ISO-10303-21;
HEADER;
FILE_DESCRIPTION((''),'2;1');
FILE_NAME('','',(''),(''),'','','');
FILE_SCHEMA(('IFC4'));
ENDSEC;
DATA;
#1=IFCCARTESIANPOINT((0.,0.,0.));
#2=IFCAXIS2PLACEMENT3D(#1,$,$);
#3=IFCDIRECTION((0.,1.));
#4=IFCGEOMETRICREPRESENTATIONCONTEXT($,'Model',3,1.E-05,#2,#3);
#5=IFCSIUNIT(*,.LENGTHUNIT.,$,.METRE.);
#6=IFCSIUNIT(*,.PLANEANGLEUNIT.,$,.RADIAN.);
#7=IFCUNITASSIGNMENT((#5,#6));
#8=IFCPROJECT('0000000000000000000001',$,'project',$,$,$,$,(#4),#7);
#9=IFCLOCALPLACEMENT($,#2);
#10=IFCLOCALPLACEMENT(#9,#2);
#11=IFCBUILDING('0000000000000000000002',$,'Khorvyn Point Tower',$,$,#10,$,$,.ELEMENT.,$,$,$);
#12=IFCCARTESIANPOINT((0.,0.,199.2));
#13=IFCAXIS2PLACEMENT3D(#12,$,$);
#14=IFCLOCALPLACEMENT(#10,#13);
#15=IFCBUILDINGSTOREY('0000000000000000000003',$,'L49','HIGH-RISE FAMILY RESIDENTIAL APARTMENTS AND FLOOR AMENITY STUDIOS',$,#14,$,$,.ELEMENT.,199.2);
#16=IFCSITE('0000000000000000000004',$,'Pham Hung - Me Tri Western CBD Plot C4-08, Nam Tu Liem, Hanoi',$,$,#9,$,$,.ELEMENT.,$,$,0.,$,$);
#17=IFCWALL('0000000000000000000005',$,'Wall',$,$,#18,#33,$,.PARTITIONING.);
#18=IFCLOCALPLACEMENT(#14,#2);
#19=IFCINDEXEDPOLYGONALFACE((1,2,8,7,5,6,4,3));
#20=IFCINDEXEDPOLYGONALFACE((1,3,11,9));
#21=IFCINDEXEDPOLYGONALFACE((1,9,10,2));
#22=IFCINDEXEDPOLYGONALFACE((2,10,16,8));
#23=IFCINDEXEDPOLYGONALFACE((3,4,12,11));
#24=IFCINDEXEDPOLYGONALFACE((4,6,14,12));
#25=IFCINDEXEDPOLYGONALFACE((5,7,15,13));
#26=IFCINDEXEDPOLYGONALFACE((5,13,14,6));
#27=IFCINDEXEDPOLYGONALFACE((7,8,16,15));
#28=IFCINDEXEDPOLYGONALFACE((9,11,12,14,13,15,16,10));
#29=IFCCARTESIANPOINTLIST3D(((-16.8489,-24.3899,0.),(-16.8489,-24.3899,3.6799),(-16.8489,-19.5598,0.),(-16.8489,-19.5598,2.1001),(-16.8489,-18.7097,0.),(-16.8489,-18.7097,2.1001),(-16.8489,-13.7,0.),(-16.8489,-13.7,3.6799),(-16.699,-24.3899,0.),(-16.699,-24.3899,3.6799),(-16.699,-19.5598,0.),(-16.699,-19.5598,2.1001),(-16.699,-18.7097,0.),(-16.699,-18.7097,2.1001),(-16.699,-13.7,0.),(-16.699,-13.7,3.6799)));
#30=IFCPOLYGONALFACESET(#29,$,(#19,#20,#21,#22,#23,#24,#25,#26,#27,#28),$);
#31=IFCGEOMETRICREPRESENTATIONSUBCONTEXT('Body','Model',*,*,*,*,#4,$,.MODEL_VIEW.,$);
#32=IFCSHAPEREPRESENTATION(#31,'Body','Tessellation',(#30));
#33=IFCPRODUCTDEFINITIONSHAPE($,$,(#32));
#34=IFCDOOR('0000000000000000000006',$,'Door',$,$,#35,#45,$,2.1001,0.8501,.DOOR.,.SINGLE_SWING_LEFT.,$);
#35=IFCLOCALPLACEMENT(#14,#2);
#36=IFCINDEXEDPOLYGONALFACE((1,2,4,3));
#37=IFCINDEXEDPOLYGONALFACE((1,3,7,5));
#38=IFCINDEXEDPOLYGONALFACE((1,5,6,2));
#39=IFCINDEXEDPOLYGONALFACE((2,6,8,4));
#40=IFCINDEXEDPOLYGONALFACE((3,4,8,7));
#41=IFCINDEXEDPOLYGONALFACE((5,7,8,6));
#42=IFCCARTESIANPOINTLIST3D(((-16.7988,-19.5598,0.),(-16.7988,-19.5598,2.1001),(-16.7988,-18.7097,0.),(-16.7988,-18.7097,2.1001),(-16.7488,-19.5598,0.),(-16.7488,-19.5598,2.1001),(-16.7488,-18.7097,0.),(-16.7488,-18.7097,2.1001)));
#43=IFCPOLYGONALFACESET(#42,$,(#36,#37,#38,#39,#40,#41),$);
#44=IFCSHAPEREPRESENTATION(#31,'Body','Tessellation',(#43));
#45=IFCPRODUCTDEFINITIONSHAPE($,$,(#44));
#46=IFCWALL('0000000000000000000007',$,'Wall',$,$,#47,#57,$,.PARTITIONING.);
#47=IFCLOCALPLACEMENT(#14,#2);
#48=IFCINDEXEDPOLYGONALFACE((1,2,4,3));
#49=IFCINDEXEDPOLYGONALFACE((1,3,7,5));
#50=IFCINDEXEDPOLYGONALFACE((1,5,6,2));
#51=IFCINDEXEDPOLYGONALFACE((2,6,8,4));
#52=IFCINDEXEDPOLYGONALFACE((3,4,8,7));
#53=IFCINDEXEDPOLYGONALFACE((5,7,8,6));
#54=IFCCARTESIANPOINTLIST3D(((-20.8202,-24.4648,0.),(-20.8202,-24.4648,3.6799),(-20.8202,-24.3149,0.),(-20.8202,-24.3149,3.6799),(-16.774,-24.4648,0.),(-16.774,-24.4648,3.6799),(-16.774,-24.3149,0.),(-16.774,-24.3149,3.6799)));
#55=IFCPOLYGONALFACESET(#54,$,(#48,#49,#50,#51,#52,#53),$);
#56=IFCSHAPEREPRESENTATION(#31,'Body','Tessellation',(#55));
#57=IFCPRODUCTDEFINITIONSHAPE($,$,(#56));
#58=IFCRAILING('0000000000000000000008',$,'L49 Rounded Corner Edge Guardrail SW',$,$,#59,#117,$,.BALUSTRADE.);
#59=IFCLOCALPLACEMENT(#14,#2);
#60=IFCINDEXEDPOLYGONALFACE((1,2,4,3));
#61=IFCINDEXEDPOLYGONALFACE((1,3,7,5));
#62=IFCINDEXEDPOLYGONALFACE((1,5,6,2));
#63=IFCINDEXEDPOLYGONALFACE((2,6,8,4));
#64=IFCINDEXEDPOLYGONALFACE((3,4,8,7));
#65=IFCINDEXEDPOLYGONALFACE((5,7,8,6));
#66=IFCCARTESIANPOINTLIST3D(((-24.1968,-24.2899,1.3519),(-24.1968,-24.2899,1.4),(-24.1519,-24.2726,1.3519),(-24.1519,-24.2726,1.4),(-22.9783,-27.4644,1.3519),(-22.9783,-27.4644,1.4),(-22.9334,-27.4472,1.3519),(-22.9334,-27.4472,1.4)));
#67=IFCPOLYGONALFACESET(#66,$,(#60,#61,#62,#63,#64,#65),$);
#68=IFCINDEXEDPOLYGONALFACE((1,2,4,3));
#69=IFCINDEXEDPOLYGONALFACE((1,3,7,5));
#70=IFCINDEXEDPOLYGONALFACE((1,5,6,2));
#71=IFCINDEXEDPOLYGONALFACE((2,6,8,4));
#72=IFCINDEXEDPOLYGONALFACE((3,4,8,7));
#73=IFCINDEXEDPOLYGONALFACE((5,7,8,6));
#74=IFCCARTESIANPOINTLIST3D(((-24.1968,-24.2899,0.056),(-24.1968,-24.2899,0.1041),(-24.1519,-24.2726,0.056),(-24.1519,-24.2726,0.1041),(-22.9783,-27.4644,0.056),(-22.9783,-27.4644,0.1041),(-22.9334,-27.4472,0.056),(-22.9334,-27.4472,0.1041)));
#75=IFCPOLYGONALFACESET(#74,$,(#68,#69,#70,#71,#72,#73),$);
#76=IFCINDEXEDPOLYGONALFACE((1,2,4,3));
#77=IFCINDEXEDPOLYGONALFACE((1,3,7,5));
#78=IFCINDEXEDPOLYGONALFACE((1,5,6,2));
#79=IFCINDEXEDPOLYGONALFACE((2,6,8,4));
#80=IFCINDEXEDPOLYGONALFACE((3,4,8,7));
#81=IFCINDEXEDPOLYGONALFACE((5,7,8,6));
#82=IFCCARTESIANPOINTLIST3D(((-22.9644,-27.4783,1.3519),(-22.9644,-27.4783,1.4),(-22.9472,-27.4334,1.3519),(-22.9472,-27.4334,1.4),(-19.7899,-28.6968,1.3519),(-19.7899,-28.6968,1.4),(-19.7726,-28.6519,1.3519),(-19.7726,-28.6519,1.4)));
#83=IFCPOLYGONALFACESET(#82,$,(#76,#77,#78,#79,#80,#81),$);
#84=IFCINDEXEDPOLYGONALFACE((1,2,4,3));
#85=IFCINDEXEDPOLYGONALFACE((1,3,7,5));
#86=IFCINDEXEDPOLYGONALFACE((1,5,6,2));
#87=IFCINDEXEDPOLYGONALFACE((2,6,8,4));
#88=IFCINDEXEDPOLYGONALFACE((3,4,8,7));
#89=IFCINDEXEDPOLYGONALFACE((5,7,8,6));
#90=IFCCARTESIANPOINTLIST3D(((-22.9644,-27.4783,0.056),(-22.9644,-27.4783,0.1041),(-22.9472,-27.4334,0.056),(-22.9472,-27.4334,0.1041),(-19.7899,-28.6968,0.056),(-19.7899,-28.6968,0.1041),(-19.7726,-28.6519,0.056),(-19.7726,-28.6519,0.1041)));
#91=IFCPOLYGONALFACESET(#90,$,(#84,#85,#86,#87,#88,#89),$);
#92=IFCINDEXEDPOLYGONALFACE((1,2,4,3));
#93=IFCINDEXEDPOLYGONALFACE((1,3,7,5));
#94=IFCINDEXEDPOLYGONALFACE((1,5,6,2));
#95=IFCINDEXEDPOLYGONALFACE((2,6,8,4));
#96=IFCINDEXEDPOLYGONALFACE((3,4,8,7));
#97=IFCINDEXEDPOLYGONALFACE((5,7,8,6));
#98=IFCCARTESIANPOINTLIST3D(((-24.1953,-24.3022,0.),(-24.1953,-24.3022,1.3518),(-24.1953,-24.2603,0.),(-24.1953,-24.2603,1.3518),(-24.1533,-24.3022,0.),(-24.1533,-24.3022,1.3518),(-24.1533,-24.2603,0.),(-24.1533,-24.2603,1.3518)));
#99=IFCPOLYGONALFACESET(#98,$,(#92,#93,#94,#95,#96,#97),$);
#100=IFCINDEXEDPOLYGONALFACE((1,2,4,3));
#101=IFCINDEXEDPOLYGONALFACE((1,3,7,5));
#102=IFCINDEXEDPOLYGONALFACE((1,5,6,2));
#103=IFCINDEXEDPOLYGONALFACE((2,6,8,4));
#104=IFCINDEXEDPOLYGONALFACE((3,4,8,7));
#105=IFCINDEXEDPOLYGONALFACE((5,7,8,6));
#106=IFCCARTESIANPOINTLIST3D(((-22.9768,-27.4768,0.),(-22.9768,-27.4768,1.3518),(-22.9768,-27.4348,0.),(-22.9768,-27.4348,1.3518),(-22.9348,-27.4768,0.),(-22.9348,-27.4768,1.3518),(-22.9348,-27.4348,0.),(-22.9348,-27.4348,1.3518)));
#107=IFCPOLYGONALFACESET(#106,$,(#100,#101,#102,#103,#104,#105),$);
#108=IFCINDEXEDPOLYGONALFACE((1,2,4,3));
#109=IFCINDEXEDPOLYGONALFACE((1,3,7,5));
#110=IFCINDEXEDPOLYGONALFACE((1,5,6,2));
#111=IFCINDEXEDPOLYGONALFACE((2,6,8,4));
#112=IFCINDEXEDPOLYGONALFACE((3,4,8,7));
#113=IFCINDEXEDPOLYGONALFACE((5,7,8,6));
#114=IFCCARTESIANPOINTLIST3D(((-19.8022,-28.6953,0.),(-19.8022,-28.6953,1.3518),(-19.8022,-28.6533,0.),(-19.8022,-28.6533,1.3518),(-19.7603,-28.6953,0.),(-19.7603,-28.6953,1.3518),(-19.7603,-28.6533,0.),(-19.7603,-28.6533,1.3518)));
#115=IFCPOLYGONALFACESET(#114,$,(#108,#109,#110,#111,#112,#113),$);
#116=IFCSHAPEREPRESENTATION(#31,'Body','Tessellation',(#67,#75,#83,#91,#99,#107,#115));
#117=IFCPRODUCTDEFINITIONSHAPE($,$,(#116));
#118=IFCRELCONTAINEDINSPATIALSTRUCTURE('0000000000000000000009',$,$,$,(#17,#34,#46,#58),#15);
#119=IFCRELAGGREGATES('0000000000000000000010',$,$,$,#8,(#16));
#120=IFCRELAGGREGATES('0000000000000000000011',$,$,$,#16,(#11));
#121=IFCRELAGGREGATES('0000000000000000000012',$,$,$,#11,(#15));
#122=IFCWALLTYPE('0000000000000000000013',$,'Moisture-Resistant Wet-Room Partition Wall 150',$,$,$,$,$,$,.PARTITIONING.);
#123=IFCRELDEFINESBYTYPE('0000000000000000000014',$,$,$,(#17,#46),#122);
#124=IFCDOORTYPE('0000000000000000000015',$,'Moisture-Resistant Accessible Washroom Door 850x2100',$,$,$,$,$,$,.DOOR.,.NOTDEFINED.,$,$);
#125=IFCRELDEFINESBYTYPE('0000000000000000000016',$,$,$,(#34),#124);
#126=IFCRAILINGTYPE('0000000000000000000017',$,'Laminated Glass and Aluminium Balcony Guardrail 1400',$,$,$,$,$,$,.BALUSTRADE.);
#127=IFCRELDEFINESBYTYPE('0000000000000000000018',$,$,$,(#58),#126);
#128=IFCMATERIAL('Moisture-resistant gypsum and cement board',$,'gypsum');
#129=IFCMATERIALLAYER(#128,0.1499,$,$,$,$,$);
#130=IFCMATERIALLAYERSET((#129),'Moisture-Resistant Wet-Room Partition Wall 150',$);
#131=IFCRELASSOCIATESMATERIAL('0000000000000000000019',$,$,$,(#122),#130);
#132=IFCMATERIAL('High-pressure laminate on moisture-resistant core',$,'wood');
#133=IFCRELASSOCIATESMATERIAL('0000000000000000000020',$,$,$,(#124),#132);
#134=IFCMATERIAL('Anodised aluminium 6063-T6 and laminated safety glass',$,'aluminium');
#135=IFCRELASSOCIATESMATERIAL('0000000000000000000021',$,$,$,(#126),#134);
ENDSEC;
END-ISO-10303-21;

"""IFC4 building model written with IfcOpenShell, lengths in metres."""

from ifc_helpers import new_model, si_unit, direction, frame, frame_2d, origin, origin_2d, place, context, subcontext, project, spatial, rectangle, extrude, material, layer, layer_set, type_object, element, fill, save


model = new_model("IFC4")

# Units and contexts
model_context = context("Model", 3, precision=1e-05, world=origin(), true_north=direction((0.0, 1.0)))
body_context = subcontext(model_context, "Body", "Model", "MODEL_VIEW")
ifc_project = project(units=[si_unit("LENGTHUNIT", "METRE"), si_unit("PLANEANGLEUNIT", "RADIAN")], contexts=[model_context])

# Site, building, storey
site_placement = place(None, origin())
site = spatial("IfcSite", under=ifc_project, at=site_placement, Name="Pham Hung - Me Tri Western CBD Plot C4-08, Nam Tu Liem, Hanoi", CompositionType="ELEMENT", RefElevation=0.0)
building_placement = place(site_placement, origin())
building = spatial("IfcBuilding", under=site, at=building_placement, Name="Khorvyn Point Tower", CompositionType="ELEMENT")
storey_placement = place(building_placement, frame((0.0, 0.0, 199.2)))
storey = spatial("IfcBuildingStorey", under=building, at=storey_placement, Name="L49", Description="HIGH-RISE FAMILY RESIDENTIAL APARTMENTS AND FLOOR AMENITY STUDIOS", CompositionType="ELEMENT", Elevation=199.2)

# Wall, opening, door
ifc_material_1 = material(Name="Moisture-resistant gypsum and cement board", Category="gypsum")
ifc_layer_1 = layer(ifc_material_1, 0.1499)
ifc_layer_set_1 = layer_set([ifc_layer_1], Name="Moisture-Resistant Wet-Room Partition Wall 150")
wall_type_1 = type_object("IfcWallType", Name="Moisture-Resistant Wet-Room Partition Wall 150", PredefinedType="PARTITIONING", material=ifc_layer_set_1)
wall_1_placement = place(storey_placement, frame((-16.7739, -24.3899, 0.0), z_axis=(0.0, 0.0, 1.0), x_axis=(0.0, 1.0, 0.0)))
wall_1 = element("IfcWall", 1, at=wall_1_placement, inside=storey, type_object=wall_type_1, Name="Wall", PredefinedType="PARTITIONING", context=body_context, shape_type="SweptSolid", body=[
    extrude(rectangle(XDim=10.6899, YDim=0.1499, at=frame_2d((5.345, 0.0))), origin(), (0.0, 0.0, 1.0), 3.6799),
])
opening_1_placement = place(wall_1_placement, frame((4.8301, 0.0, 0.0)))
opening_1 = element("IfcOpeningElement", 2, at=opening_1_placement, cuts=wall_1, PredefinedType="OPENING", context=body_context, shape_type="SweptSolid", body=[
    extrude(rectangle(XDim=0.8501, YDim=2.1001, at=frame_2d((0.425, 1.05))), frame((0.0, 0.085, 0.0), z_axis=(0.0, -1.0, 0.0), x_axis=(1.0, 0.0, 0.0)), (0.0, 0.0, 1.0), 0.1699),
])
ifc_material_2 = material(Name="High-pressure laminate on moisture-resistant core", Category="wood")
door_type_1 = type_object("IfcDoorType", Name="Moisture-Resistant Accessible Washroom Door 850x2100", OperationType="NOTDEFINED", PredefinedType="DOOR", material=ifc_material_2)
door_1_placement = place(opening_1_placement, origin())
door_1 = element("IfcDoor", 3, at=door_1_placement, inside=storey, type_object=door_type_1, Name="Door", OperationType="SINGLE_SWING_LEFT", OverallHeight=2.1001, OverallWidth=0.8501, PredefinedType="DOOR", context=body_context, shape_type="SweptSolid", body=[
    extrude(rectangle(XDim=0.8501, YDim=2.1001, at=frame_2d((0.425, 1.05))), frame((0.0, 0.0249, 0.0), z_axis=(0.0, -1.0, 0.0), x_axis=(1.0, 0.0, 0.0)), (0.0, 0.0, 1.0), 0.05),
])
fill(opening_1, door_1)

# Wall
wall_2_placement = place(storey_placement, frame((-20.8201, -24.3899, 0.0), z_axis=(0.0, 0.0, 1.0), x_axis=(1.0, 0.0, 0.0)))
element("IfcWall", 4, at=wall_2_placement, inside=storey, type_object=wall_type_1, Name="Wall", PredefinedType="PARTITIONING", context=body_context, shape_type="SweptSolid", body=[
    extrude(rectangle(XDim=4.0461, YDim=0.1499, at=frame_2d((2.0229, 0.0))), origin(), (0.0, 0.0, 1.0), 3.6799),
])

# Railing
ifc_material_3 = material(Name="Anodised aluminium 6063-T6 and laminated safety glass", Category="aluminium")
railing_type = type_object("IfcRailingType", Name="Laminated Glass and Aluminium Balcony Guardrail 1400", PredefinedType="BALUSTRADE", material=ifc_material_3)
railing_placement = place(storey_placement, frame((-24.1743, -24.2812, 0.0)))
element("IfcRailing", 5, at=railing_placement, inside=storey, type_object=railing_type, Name="L49 Rounded Corner Edge Guardrail SW", PredefinedType="BALUSTRADE", context=body_context, shape_type="SweptSolid", body=[
    extrude(rectangle(XDim=0.0481, YDim=0.0481, at=origin_2d()), frame((0.0, 0.0, 1.376), z_axis=(0.358344, -0.93359, 0.0), x_axis=(0.93359, 0.358344, 0.0)), (0.0, 0.0, 1.0), 3.4004),
    extrude(rectangle(XDim=0.0481, YDim=0.0481, at=origin_2d()), frame((0.0, 0.0, 0.0801), z_axis=(0.358344, -0.93359, 0.0), x_axis=(0.93359, 0.358344, 0.0)), (0.0, 0.0, 1.0), 3.4004),
    extrude(rectangle(XDim=0.0481, YDim=0.0481, at=origin_2d()), frame((1.2185, -3.1746, 1.376), z_axis=(0.93359, -0.358344, 0.0), x_axis=(0.358344, 0.93359, 0.0)), (0.0, 0.0, 1.0), 3.4004),
    extrude(rectangle(XDim=0.0481, YDim=0.0481, at=origin_2d()), frame((1.2185, -3.1746, 0.0801), z_axis=(0.93359, -0.358344, 0.0), x_axis=(0.358344, 0.93359, 0.0)), (0.0, 0.0, 1.0), 3.4004),
    extrude(rectangle(XDim=0.042, YDim=0.042, at=origin_2d()), origin(), (0.0, 0.0, 1.0), 1.3518),
    extrude(rectangle(XDim=0.042, YDim=0.042, at=origin_2d()), frame((1.2185, -3.1746, 0.0)), (0.0, 0.0, 1.0), 1.3518),
    extrude(rectangle(XDim=0.042, YDim=0.042, at=origin_2d()), frame((4.3931, -4.3931, 0.0)), (0.0, 0.0, 1.0), 1.3518),
])

save(model, "model.ifc")
